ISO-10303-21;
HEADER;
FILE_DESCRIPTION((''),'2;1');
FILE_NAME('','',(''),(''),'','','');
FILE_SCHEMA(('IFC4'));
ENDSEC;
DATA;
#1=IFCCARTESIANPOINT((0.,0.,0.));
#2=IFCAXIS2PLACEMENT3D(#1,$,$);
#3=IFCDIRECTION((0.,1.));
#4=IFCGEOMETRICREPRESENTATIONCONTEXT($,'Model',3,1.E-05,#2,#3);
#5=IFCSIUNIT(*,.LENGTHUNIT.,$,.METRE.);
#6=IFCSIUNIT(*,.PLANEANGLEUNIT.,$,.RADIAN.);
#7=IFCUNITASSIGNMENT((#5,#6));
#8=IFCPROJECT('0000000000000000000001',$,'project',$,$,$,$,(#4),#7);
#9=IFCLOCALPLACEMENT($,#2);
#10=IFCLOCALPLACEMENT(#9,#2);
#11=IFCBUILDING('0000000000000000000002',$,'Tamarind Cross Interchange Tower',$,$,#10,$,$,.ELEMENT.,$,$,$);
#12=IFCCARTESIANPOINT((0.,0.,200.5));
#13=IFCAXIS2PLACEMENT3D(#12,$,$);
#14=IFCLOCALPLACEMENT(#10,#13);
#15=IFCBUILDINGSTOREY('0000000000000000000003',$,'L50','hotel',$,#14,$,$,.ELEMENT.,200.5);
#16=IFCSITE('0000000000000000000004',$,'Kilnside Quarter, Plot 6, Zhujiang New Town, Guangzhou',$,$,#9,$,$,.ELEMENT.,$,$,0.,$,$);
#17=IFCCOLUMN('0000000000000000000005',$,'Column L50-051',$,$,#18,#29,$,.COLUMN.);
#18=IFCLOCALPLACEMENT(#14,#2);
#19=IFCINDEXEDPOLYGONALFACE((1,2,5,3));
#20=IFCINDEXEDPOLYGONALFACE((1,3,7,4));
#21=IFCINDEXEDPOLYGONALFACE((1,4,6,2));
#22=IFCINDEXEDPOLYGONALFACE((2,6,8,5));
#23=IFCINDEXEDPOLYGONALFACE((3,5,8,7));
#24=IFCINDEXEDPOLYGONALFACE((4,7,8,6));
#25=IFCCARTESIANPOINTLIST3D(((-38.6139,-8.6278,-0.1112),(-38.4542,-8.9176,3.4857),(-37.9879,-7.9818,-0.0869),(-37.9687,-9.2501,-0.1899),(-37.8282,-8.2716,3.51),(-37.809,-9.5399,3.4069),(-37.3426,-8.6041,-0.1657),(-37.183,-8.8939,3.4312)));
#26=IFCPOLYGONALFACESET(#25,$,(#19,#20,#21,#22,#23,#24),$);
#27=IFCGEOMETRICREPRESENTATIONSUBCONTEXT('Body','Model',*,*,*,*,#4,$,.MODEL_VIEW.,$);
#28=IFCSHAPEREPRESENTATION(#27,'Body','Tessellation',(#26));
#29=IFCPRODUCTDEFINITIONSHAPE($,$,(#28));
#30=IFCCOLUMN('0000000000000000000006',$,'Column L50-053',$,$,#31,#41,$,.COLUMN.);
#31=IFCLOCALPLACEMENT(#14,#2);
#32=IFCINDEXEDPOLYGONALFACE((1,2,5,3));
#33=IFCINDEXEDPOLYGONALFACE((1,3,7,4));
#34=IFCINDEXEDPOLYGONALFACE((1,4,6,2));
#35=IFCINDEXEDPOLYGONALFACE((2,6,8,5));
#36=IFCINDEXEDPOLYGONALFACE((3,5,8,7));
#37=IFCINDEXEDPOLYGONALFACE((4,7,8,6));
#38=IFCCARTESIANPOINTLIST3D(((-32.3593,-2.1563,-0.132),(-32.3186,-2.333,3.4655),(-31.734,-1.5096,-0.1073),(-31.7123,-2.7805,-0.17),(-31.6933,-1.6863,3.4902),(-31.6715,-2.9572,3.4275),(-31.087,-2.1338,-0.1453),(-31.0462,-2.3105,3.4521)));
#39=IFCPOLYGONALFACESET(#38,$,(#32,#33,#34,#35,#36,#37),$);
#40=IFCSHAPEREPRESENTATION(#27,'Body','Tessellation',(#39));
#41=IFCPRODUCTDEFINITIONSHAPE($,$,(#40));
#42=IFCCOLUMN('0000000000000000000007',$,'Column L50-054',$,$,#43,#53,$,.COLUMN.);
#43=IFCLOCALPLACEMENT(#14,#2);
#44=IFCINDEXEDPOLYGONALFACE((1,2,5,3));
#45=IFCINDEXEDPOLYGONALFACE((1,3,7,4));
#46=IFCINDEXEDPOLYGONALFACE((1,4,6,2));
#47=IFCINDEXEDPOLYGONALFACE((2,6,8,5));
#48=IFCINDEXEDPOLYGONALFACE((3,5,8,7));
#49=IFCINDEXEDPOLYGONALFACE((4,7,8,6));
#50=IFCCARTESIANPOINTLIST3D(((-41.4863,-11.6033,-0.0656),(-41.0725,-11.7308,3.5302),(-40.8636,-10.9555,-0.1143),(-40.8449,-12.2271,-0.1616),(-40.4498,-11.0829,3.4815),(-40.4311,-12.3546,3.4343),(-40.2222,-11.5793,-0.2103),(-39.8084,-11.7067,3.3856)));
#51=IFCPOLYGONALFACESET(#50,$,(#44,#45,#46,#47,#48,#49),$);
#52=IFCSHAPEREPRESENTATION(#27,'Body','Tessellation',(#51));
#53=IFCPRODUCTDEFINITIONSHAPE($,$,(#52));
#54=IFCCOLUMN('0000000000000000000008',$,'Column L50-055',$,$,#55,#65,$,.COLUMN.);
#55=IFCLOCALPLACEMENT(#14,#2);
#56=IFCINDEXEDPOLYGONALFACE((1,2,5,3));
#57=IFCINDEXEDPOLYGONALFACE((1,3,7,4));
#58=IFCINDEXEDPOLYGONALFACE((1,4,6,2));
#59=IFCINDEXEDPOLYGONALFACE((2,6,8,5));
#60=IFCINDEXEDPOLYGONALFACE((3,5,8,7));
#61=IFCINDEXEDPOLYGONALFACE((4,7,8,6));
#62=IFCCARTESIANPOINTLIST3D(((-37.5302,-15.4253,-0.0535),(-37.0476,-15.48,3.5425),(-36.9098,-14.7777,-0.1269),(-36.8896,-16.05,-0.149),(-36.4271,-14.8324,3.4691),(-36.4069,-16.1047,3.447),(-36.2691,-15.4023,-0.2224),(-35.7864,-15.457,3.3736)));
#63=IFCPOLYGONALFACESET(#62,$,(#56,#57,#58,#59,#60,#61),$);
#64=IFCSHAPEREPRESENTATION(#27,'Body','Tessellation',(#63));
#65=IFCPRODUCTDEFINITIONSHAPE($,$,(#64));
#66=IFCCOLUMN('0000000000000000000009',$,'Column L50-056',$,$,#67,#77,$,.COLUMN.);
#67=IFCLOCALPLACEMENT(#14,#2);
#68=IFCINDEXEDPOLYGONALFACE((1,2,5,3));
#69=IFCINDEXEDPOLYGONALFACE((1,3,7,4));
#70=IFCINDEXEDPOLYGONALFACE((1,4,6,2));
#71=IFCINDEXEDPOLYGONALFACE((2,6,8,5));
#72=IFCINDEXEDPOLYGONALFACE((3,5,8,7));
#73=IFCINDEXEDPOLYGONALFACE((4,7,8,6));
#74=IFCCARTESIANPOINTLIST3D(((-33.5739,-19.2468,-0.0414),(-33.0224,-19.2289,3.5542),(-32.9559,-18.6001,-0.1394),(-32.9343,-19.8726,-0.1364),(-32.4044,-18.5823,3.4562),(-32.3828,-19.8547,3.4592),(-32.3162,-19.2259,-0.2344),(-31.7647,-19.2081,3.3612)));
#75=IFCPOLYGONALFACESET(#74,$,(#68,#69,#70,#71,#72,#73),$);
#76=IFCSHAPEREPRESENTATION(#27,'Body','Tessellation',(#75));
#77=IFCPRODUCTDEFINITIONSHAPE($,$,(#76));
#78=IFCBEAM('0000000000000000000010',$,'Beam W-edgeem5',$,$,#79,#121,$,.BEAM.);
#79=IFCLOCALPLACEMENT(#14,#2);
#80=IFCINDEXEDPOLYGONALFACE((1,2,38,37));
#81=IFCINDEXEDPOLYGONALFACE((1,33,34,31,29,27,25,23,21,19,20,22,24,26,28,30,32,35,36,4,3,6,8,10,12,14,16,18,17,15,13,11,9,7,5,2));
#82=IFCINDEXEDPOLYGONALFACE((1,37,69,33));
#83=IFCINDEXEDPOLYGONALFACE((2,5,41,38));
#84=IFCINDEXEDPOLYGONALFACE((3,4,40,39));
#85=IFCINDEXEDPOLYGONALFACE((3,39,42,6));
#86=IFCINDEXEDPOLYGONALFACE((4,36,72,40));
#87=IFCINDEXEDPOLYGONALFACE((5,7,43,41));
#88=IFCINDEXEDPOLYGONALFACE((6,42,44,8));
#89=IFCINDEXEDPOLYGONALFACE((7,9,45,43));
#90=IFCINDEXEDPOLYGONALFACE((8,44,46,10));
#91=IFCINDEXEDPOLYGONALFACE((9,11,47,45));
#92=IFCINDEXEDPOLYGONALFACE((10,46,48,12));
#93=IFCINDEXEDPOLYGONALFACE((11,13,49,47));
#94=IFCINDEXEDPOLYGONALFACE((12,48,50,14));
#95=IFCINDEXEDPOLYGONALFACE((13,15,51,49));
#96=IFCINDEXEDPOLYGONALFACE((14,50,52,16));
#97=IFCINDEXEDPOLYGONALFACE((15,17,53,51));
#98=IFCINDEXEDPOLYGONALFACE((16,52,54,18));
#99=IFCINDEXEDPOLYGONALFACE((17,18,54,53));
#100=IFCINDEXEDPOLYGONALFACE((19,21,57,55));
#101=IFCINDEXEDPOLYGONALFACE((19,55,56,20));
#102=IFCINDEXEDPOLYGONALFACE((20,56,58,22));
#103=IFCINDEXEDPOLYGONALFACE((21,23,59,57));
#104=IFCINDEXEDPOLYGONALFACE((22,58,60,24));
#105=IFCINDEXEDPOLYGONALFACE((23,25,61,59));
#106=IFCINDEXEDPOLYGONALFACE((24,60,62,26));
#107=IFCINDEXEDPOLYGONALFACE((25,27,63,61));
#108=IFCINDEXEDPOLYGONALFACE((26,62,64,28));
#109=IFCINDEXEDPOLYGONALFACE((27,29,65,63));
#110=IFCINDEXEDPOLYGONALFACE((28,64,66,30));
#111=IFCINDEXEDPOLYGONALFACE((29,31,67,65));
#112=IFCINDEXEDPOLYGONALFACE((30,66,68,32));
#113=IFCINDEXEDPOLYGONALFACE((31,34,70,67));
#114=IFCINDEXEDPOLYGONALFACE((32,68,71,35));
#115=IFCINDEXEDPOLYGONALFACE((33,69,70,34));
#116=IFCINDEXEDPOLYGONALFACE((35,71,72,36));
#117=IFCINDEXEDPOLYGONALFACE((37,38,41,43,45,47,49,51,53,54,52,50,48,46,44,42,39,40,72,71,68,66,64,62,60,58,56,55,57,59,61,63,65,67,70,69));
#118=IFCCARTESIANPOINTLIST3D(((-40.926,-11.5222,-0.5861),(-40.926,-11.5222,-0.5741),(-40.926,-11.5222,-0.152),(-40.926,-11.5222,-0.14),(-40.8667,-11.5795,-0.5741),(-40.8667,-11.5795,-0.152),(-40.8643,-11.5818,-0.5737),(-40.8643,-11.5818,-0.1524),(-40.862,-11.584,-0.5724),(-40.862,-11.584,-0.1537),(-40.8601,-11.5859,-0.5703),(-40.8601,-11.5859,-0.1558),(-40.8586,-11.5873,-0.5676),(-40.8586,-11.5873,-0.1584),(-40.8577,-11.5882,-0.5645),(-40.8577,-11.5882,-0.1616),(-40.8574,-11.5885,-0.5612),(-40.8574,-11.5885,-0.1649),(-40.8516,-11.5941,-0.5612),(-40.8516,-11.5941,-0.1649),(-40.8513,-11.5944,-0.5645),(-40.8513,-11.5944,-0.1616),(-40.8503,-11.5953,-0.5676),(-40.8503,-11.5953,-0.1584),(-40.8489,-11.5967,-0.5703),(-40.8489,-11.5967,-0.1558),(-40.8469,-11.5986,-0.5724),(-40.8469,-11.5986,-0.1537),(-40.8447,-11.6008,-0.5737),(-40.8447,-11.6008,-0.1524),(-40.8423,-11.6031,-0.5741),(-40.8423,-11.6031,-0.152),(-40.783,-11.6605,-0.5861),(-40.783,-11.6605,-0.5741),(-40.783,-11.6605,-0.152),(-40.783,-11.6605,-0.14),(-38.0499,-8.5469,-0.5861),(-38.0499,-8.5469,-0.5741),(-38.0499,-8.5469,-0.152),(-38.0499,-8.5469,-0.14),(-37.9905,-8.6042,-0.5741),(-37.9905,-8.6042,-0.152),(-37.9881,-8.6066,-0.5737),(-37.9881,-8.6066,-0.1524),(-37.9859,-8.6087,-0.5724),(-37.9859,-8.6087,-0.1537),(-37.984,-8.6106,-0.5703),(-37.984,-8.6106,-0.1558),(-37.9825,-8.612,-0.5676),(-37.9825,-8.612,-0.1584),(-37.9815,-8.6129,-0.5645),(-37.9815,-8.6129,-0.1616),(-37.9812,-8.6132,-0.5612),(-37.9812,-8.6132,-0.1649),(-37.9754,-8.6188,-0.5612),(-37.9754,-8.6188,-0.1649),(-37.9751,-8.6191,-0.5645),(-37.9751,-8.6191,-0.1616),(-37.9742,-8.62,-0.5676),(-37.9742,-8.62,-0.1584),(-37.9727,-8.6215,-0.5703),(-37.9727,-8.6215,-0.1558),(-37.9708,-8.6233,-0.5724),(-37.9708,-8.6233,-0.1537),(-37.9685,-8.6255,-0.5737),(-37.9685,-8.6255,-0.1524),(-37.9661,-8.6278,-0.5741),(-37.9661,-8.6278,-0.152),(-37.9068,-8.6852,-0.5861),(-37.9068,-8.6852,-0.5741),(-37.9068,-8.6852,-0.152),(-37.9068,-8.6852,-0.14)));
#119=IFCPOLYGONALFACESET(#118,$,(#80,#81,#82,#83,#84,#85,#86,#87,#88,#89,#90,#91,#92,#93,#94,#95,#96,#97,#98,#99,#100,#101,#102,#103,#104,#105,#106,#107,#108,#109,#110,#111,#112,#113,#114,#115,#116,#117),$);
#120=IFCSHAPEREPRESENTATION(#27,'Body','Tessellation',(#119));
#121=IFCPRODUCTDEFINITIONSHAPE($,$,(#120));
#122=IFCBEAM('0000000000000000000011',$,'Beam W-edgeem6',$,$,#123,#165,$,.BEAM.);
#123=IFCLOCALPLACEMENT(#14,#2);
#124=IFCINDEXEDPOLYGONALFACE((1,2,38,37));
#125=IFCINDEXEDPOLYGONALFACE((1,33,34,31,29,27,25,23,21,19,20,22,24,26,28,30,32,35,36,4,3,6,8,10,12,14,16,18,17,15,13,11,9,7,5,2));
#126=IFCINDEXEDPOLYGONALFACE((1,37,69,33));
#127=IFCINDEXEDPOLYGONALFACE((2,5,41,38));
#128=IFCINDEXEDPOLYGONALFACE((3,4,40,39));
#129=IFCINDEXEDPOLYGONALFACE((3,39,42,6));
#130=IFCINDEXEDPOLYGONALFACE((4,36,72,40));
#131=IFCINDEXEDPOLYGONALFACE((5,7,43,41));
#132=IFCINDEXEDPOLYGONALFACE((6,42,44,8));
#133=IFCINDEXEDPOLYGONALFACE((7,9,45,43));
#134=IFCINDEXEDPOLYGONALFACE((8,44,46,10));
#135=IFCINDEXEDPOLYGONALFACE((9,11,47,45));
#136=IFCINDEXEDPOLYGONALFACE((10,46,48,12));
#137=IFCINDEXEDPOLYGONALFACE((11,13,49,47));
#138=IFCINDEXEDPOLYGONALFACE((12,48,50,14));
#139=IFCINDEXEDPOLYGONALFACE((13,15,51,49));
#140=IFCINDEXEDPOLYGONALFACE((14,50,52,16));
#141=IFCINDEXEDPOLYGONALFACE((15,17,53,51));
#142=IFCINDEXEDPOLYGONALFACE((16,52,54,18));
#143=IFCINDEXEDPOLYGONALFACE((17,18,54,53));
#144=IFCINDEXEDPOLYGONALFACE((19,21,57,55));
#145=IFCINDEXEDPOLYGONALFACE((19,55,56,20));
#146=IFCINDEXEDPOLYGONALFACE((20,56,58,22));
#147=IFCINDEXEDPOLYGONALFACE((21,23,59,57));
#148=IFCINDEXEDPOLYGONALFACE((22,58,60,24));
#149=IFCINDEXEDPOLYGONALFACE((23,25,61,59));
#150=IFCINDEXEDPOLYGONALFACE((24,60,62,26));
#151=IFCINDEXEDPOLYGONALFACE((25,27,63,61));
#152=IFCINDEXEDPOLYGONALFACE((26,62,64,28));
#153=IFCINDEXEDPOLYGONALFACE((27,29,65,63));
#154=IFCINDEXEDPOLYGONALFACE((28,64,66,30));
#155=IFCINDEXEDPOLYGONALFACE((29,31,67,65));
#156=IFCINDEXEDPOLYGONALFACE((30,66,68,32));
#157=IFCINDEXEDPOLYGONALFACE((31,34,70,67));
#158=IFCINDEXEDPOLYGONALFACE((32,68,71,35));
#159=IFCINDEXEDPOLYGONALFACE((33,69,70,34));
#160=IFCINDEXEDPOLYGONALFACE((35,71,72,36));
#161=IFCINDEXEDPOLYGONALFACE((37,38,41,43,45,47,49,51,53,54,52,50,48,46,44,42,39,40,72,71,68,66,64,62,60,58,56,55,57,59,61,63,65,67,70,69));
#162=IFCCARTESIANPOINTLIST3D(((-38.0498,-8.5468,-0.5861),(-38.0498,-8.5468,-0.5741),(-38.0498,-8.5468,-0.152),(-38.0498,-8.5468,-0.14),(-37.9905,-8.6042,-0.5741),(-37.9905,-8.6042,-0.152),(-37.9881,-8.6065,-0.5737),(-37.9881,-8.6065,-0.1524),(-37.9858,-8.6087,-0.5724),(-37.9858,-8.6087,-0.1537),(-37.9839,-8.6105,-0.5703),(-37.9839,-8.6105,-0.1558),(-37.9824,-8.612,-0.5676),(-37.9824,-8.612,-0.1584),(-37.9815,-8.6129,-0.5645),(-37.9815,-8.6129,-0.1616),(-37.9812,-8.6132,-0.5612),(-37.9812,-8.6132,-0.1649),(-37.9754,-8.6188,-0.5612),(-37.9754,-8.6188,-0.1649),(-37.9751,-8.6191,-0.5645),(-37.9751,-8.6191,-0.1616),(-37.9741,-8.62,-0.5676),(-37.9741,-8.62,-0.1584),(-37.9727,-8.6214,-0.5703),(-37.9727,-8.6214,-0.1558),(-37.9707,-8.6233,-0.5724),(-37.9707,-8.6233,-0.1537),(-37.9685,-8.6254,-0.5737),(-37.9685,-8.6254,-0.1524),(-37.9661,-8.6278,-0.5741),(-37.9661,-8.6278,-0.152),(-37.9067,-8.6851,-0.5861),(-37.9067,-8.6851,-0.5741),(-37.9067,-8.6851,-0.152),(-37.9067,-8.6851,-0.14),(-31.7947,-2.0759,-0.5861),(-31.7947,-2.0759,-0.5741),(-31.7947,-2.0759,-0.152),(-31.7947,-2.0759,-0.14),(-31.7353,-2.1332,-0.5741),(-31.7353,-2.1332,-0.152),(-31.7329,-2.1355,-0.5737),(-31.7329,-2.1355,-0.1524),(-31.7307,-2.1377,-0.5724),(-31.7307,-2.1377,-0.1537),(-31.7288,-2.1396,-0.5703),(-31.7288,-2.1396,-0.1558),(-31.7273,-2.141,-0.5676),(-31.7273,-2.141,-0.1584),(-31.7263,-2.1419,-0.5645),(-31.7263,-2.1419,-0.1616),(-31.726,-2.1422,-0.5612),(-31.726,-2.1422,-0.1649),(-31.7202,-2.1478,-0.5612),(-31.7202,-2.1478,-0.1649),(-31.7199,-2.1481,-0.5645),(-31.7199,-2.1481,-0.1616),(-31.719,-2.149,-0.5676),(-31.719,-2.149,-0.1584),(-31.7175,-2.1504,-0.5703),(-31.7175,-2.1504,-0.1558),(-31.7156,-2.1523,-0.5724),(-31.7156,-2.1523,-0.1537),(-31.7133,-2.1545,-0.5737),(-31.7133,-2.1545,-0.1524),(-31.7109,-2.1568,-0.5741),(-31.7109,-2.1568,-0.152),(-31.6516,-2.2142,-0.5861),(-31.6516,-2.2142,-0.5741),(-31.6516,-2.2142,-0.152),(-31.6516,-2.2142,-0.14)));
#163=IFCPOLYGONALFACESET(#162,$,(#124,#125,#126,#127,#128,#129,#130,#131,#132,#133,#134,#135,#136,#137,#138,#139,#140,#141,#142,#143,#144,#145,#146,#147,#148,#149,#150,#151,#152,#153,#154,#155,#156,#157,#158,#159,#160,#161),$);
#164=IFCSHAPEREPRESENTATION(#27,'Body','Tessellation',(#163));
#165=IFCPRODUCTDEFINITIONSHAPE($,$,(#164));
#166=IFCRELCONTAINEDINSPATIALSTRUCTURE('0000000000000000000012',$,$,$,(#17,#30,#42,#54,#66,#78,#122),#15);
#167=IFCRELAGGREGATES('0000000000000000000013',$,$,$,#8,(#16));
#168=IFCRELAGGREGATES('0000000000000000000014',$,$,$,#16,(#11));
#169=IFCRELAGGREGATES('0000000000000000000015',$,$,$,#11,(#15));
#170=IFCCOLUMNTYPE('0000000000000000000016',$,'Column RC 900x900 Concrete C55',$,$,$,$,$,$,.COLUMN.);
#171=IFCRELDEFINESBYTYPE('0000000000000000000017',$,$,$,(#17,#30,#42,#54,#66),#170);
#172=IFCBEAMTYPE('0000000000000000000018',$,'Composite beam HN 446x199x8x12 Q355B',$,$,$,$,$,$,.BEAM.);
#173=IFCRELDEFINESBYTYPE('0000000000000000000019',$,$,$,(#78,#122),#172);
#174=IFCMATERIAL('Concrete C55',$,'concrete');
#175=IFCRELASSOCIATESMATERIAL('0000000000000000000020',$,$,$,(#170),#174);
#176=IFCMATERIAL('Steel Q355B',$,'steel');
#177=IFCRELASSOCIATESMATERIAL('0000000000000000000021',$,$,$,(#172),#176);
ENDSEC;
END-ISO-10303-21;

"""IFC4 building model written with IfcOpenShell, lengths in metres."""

from ifc_helpers import new_model, si_unit, direction, frame, origin, origin_2d, place, context, subcontext, project, spatial, rectangle, i_section, extrude, material, material_profile, profile_set, type_object, element, save


model = new_model("IFC4")

# Units and contexts
model_context = context("Model", 3, precision=1e-05, world=origin(), true_north=direction((0.0, 1.0)))
body_context = subcontext(model_context, "Body", "Model", "MODEL_VIEW")
ifc_project = project(units=[si_unit("LENGTHUNIT", "METRE"), si_unit("PLANEANGLEUNIT", "RADIAN")], contexts=[model_context])

# Site, building, storey
site_placement = place(None, origin())
site = spatial("IfcSite", under=ifc_project, at=site_placement, Name="Kilnside Quarter, Plot 6, Zhujiang New Town, Guangzhou", CompositionType="ELEMENT", RefElevation=0.0)
building_placement = place(site_placement, origin())
building = spatial("IfcBuilding", under=site, at=building_placement, Name="Tamarind Cross Interchange Tower", CompositionType="ELEMENT")
storey_placement = place(building_placement, frame((0.0, 0.0, 200.5)))
storey = spatial("IfcBuildingStorey", under=building, at=storey_placement, Name="L50", Description="hotel", CompositionType="ELEMENT", Elevation=200.5)

# Columns
ifc_material_1 = material(Name="Concrete C55", Category="concrete")
ifc_material_profile_1 = material_profile(ifc_material_1, rectangle(XDim=0.8999, YDim=0.8999, at=origin_2d()), Name="RC 900x900")
ifc_profile_set_1 = profile_set([ifc_material_profile_1], Name="Concrete C55")
column_type = type_object("IfcColumnType", Name="Column RC 900x900 Concrete C55", PredefinedType="COLUMN", material=ifc_profile_set_1)
column_1_placement = place(storey_placement, frame((-37.9783, -8.616, -0.1384), z_axis=(0.044204, -0.080229, 0.995796), x_axis=(0.695664, 0.717861, 0.026956)))
element("IfcColumn", 1, at=column_1_placement, inside=storey, type_object=column_type, Name="Column L50-051", PredefinedType="COLUMN", context=body_context, shape_type="SweptSolid", body=[
    extrude(rectangle(XDim=0.8999, YDim=0.8999, at=origin_2d()), origin(), (0.0, 0.0, 1.0), 3.6121),
])
column_2_placement = place(storey_placement, frame((-31.7231, -2.145, -0.1387), z_axis=(0.011319, -0.049072, 0.998731), x_axis=(0.694853, 0.718629, 0.027434)))
element("IfcColumn", 2, at=column_2_placement, inside=storey, type_object=column_type, Name="Column L50-053", PredefinedType="COLUMN", context=body_context, shape_type="SweptSolid", body=[
    extrude(rectangle(XDim=0.8999, YDim=0.8999, at=origin_2d()), origin(), (0.0, 0.0, 1.0), 3.6021),
])
column_3_placement = place(storey_placement, frame((-40.8542, -11.5913, -0.1379), z_axis=(0.114254, -0.035186, 0.992828), x_axis=(-0.712822, 0.693196, 0.106598)))
element("IfcColumn", 3, at=column_3_placement, inside=storey, type_object=column_type, Name="Column L50-054", PredefinedType="COLUMN", context=body_context, shape_type="SweptSolid", body=[
    extrude(rectangle(XDim=0.8999, YDim=0.8999, at=origin_2d()), origin(), (0.0, 0.0, 1.0), 3.6218),
])
column_4_placement = place(storey_placement, frame((-36.8997, -15.4138, -0.1379), z_axis=(0.133017, -0.015071, 0.990999), x_axis=(-0.711952, 0.694163, 0.106119)))
element("IfcColumn", 4, at=column_4_placement, inside=storey, type_object=column_type, Name="Column L50-055", PredefinedType="COLUMN", context=body_context, shape_type="SweptSolid", body=[
    extrude(rectangle(XDim=0.8999, YDim=0.8999, at=origin_2d()), origin(), (0.0, 0.0, 1.0), 3.6287),
])
column_5_placement = place(storey_placement, frame((-32.9451, -19.2363, -0.1379), z_axis=(0.151607, 0.004899, 0.988429), x_axis=(-0.710817, 0.695408, 0.105579)))
element("IfcColumn", 5, at=column_5_placement, inside=storey, type_object=column_type, Name="Column L50-056", PredefinedType="COLUMN", context=body_context, shape_type="SweptSolid", body=[
    extrude(rectangle(XDim=0.8999, YDim=0.8999, at=origin_2d()), origin(), (0.0, 0.0, 1.0), 3.6377),
])

# Beams
ifc_material_2 = material(Name="Steel Q355B", Category="steel")
ifc_material_profile_2 = material_profile(ifc_material_2, i_section(OverallWidth=0.199, OverallDepth=0.446, WebThickness=0.0081, FlangeThickness=0.012, FilletRadius=0.0129, at=origin_2d()), Name="HN 446x199x8x12")
ifc_profile_set_2 = profile_set([ifc_material_profile_2], Name="Steel Q355B")
beam_type_1 = type_object("IfcBeamType", Name="Composite beam HN 446x199x8x12 Q355B", PredefinedType="BEAM", material=ifc_profile_set_2)
beam_1_placement = place(storey_placement, frame((-40.8545, -11.5913, -0.363), z_axis=(0.695029, 0.718981, 0.0), x_axis=(-0.718981, 0.695029, 0.0)))
element("IfcBeam", 6, at=beam_1_placement, inside=storey, type_object=beam_type_1, Name="Beam W-edgeem5", PredefinedType="BEAM", context=body_context, shape_type="SweptSolid", body=[
    extrude(i_section(OverallWidth=0.199, OverallDepth=0.446, WebThickness=0.0081, FlangeThickness=0.012, FilletRadius=0.0129, at=origin_2d()), origin(), (0.0, 0.0, 1.0), 4.1382),
])
beam_2_placement = place(storey_placement, frame((-37.9783, -8.616, -0.363), z_axis=(0.695015, 0.718995, 0.0), x_axis=(-0.718995, 0.695015, 0.0)))
element("IfcBeam", 7, at=beam_2_placement, inside=storey, type_object=beam_type_1, Name="Beam W-edgeem6", PredefinedType="BEAM", context=body_context, shape_type="SweptSolid", body=[
    extrude(i_section(OverallWidth=0.199, OverallDepth=0.446, WebThickness=0.0081, FlangeThickness=0.012, FilletRadius=0.0129, at=origin_2d()), origin(), (0.0, 0.0, 1.0), 9.0),
])

save(model, "model.ifc")
